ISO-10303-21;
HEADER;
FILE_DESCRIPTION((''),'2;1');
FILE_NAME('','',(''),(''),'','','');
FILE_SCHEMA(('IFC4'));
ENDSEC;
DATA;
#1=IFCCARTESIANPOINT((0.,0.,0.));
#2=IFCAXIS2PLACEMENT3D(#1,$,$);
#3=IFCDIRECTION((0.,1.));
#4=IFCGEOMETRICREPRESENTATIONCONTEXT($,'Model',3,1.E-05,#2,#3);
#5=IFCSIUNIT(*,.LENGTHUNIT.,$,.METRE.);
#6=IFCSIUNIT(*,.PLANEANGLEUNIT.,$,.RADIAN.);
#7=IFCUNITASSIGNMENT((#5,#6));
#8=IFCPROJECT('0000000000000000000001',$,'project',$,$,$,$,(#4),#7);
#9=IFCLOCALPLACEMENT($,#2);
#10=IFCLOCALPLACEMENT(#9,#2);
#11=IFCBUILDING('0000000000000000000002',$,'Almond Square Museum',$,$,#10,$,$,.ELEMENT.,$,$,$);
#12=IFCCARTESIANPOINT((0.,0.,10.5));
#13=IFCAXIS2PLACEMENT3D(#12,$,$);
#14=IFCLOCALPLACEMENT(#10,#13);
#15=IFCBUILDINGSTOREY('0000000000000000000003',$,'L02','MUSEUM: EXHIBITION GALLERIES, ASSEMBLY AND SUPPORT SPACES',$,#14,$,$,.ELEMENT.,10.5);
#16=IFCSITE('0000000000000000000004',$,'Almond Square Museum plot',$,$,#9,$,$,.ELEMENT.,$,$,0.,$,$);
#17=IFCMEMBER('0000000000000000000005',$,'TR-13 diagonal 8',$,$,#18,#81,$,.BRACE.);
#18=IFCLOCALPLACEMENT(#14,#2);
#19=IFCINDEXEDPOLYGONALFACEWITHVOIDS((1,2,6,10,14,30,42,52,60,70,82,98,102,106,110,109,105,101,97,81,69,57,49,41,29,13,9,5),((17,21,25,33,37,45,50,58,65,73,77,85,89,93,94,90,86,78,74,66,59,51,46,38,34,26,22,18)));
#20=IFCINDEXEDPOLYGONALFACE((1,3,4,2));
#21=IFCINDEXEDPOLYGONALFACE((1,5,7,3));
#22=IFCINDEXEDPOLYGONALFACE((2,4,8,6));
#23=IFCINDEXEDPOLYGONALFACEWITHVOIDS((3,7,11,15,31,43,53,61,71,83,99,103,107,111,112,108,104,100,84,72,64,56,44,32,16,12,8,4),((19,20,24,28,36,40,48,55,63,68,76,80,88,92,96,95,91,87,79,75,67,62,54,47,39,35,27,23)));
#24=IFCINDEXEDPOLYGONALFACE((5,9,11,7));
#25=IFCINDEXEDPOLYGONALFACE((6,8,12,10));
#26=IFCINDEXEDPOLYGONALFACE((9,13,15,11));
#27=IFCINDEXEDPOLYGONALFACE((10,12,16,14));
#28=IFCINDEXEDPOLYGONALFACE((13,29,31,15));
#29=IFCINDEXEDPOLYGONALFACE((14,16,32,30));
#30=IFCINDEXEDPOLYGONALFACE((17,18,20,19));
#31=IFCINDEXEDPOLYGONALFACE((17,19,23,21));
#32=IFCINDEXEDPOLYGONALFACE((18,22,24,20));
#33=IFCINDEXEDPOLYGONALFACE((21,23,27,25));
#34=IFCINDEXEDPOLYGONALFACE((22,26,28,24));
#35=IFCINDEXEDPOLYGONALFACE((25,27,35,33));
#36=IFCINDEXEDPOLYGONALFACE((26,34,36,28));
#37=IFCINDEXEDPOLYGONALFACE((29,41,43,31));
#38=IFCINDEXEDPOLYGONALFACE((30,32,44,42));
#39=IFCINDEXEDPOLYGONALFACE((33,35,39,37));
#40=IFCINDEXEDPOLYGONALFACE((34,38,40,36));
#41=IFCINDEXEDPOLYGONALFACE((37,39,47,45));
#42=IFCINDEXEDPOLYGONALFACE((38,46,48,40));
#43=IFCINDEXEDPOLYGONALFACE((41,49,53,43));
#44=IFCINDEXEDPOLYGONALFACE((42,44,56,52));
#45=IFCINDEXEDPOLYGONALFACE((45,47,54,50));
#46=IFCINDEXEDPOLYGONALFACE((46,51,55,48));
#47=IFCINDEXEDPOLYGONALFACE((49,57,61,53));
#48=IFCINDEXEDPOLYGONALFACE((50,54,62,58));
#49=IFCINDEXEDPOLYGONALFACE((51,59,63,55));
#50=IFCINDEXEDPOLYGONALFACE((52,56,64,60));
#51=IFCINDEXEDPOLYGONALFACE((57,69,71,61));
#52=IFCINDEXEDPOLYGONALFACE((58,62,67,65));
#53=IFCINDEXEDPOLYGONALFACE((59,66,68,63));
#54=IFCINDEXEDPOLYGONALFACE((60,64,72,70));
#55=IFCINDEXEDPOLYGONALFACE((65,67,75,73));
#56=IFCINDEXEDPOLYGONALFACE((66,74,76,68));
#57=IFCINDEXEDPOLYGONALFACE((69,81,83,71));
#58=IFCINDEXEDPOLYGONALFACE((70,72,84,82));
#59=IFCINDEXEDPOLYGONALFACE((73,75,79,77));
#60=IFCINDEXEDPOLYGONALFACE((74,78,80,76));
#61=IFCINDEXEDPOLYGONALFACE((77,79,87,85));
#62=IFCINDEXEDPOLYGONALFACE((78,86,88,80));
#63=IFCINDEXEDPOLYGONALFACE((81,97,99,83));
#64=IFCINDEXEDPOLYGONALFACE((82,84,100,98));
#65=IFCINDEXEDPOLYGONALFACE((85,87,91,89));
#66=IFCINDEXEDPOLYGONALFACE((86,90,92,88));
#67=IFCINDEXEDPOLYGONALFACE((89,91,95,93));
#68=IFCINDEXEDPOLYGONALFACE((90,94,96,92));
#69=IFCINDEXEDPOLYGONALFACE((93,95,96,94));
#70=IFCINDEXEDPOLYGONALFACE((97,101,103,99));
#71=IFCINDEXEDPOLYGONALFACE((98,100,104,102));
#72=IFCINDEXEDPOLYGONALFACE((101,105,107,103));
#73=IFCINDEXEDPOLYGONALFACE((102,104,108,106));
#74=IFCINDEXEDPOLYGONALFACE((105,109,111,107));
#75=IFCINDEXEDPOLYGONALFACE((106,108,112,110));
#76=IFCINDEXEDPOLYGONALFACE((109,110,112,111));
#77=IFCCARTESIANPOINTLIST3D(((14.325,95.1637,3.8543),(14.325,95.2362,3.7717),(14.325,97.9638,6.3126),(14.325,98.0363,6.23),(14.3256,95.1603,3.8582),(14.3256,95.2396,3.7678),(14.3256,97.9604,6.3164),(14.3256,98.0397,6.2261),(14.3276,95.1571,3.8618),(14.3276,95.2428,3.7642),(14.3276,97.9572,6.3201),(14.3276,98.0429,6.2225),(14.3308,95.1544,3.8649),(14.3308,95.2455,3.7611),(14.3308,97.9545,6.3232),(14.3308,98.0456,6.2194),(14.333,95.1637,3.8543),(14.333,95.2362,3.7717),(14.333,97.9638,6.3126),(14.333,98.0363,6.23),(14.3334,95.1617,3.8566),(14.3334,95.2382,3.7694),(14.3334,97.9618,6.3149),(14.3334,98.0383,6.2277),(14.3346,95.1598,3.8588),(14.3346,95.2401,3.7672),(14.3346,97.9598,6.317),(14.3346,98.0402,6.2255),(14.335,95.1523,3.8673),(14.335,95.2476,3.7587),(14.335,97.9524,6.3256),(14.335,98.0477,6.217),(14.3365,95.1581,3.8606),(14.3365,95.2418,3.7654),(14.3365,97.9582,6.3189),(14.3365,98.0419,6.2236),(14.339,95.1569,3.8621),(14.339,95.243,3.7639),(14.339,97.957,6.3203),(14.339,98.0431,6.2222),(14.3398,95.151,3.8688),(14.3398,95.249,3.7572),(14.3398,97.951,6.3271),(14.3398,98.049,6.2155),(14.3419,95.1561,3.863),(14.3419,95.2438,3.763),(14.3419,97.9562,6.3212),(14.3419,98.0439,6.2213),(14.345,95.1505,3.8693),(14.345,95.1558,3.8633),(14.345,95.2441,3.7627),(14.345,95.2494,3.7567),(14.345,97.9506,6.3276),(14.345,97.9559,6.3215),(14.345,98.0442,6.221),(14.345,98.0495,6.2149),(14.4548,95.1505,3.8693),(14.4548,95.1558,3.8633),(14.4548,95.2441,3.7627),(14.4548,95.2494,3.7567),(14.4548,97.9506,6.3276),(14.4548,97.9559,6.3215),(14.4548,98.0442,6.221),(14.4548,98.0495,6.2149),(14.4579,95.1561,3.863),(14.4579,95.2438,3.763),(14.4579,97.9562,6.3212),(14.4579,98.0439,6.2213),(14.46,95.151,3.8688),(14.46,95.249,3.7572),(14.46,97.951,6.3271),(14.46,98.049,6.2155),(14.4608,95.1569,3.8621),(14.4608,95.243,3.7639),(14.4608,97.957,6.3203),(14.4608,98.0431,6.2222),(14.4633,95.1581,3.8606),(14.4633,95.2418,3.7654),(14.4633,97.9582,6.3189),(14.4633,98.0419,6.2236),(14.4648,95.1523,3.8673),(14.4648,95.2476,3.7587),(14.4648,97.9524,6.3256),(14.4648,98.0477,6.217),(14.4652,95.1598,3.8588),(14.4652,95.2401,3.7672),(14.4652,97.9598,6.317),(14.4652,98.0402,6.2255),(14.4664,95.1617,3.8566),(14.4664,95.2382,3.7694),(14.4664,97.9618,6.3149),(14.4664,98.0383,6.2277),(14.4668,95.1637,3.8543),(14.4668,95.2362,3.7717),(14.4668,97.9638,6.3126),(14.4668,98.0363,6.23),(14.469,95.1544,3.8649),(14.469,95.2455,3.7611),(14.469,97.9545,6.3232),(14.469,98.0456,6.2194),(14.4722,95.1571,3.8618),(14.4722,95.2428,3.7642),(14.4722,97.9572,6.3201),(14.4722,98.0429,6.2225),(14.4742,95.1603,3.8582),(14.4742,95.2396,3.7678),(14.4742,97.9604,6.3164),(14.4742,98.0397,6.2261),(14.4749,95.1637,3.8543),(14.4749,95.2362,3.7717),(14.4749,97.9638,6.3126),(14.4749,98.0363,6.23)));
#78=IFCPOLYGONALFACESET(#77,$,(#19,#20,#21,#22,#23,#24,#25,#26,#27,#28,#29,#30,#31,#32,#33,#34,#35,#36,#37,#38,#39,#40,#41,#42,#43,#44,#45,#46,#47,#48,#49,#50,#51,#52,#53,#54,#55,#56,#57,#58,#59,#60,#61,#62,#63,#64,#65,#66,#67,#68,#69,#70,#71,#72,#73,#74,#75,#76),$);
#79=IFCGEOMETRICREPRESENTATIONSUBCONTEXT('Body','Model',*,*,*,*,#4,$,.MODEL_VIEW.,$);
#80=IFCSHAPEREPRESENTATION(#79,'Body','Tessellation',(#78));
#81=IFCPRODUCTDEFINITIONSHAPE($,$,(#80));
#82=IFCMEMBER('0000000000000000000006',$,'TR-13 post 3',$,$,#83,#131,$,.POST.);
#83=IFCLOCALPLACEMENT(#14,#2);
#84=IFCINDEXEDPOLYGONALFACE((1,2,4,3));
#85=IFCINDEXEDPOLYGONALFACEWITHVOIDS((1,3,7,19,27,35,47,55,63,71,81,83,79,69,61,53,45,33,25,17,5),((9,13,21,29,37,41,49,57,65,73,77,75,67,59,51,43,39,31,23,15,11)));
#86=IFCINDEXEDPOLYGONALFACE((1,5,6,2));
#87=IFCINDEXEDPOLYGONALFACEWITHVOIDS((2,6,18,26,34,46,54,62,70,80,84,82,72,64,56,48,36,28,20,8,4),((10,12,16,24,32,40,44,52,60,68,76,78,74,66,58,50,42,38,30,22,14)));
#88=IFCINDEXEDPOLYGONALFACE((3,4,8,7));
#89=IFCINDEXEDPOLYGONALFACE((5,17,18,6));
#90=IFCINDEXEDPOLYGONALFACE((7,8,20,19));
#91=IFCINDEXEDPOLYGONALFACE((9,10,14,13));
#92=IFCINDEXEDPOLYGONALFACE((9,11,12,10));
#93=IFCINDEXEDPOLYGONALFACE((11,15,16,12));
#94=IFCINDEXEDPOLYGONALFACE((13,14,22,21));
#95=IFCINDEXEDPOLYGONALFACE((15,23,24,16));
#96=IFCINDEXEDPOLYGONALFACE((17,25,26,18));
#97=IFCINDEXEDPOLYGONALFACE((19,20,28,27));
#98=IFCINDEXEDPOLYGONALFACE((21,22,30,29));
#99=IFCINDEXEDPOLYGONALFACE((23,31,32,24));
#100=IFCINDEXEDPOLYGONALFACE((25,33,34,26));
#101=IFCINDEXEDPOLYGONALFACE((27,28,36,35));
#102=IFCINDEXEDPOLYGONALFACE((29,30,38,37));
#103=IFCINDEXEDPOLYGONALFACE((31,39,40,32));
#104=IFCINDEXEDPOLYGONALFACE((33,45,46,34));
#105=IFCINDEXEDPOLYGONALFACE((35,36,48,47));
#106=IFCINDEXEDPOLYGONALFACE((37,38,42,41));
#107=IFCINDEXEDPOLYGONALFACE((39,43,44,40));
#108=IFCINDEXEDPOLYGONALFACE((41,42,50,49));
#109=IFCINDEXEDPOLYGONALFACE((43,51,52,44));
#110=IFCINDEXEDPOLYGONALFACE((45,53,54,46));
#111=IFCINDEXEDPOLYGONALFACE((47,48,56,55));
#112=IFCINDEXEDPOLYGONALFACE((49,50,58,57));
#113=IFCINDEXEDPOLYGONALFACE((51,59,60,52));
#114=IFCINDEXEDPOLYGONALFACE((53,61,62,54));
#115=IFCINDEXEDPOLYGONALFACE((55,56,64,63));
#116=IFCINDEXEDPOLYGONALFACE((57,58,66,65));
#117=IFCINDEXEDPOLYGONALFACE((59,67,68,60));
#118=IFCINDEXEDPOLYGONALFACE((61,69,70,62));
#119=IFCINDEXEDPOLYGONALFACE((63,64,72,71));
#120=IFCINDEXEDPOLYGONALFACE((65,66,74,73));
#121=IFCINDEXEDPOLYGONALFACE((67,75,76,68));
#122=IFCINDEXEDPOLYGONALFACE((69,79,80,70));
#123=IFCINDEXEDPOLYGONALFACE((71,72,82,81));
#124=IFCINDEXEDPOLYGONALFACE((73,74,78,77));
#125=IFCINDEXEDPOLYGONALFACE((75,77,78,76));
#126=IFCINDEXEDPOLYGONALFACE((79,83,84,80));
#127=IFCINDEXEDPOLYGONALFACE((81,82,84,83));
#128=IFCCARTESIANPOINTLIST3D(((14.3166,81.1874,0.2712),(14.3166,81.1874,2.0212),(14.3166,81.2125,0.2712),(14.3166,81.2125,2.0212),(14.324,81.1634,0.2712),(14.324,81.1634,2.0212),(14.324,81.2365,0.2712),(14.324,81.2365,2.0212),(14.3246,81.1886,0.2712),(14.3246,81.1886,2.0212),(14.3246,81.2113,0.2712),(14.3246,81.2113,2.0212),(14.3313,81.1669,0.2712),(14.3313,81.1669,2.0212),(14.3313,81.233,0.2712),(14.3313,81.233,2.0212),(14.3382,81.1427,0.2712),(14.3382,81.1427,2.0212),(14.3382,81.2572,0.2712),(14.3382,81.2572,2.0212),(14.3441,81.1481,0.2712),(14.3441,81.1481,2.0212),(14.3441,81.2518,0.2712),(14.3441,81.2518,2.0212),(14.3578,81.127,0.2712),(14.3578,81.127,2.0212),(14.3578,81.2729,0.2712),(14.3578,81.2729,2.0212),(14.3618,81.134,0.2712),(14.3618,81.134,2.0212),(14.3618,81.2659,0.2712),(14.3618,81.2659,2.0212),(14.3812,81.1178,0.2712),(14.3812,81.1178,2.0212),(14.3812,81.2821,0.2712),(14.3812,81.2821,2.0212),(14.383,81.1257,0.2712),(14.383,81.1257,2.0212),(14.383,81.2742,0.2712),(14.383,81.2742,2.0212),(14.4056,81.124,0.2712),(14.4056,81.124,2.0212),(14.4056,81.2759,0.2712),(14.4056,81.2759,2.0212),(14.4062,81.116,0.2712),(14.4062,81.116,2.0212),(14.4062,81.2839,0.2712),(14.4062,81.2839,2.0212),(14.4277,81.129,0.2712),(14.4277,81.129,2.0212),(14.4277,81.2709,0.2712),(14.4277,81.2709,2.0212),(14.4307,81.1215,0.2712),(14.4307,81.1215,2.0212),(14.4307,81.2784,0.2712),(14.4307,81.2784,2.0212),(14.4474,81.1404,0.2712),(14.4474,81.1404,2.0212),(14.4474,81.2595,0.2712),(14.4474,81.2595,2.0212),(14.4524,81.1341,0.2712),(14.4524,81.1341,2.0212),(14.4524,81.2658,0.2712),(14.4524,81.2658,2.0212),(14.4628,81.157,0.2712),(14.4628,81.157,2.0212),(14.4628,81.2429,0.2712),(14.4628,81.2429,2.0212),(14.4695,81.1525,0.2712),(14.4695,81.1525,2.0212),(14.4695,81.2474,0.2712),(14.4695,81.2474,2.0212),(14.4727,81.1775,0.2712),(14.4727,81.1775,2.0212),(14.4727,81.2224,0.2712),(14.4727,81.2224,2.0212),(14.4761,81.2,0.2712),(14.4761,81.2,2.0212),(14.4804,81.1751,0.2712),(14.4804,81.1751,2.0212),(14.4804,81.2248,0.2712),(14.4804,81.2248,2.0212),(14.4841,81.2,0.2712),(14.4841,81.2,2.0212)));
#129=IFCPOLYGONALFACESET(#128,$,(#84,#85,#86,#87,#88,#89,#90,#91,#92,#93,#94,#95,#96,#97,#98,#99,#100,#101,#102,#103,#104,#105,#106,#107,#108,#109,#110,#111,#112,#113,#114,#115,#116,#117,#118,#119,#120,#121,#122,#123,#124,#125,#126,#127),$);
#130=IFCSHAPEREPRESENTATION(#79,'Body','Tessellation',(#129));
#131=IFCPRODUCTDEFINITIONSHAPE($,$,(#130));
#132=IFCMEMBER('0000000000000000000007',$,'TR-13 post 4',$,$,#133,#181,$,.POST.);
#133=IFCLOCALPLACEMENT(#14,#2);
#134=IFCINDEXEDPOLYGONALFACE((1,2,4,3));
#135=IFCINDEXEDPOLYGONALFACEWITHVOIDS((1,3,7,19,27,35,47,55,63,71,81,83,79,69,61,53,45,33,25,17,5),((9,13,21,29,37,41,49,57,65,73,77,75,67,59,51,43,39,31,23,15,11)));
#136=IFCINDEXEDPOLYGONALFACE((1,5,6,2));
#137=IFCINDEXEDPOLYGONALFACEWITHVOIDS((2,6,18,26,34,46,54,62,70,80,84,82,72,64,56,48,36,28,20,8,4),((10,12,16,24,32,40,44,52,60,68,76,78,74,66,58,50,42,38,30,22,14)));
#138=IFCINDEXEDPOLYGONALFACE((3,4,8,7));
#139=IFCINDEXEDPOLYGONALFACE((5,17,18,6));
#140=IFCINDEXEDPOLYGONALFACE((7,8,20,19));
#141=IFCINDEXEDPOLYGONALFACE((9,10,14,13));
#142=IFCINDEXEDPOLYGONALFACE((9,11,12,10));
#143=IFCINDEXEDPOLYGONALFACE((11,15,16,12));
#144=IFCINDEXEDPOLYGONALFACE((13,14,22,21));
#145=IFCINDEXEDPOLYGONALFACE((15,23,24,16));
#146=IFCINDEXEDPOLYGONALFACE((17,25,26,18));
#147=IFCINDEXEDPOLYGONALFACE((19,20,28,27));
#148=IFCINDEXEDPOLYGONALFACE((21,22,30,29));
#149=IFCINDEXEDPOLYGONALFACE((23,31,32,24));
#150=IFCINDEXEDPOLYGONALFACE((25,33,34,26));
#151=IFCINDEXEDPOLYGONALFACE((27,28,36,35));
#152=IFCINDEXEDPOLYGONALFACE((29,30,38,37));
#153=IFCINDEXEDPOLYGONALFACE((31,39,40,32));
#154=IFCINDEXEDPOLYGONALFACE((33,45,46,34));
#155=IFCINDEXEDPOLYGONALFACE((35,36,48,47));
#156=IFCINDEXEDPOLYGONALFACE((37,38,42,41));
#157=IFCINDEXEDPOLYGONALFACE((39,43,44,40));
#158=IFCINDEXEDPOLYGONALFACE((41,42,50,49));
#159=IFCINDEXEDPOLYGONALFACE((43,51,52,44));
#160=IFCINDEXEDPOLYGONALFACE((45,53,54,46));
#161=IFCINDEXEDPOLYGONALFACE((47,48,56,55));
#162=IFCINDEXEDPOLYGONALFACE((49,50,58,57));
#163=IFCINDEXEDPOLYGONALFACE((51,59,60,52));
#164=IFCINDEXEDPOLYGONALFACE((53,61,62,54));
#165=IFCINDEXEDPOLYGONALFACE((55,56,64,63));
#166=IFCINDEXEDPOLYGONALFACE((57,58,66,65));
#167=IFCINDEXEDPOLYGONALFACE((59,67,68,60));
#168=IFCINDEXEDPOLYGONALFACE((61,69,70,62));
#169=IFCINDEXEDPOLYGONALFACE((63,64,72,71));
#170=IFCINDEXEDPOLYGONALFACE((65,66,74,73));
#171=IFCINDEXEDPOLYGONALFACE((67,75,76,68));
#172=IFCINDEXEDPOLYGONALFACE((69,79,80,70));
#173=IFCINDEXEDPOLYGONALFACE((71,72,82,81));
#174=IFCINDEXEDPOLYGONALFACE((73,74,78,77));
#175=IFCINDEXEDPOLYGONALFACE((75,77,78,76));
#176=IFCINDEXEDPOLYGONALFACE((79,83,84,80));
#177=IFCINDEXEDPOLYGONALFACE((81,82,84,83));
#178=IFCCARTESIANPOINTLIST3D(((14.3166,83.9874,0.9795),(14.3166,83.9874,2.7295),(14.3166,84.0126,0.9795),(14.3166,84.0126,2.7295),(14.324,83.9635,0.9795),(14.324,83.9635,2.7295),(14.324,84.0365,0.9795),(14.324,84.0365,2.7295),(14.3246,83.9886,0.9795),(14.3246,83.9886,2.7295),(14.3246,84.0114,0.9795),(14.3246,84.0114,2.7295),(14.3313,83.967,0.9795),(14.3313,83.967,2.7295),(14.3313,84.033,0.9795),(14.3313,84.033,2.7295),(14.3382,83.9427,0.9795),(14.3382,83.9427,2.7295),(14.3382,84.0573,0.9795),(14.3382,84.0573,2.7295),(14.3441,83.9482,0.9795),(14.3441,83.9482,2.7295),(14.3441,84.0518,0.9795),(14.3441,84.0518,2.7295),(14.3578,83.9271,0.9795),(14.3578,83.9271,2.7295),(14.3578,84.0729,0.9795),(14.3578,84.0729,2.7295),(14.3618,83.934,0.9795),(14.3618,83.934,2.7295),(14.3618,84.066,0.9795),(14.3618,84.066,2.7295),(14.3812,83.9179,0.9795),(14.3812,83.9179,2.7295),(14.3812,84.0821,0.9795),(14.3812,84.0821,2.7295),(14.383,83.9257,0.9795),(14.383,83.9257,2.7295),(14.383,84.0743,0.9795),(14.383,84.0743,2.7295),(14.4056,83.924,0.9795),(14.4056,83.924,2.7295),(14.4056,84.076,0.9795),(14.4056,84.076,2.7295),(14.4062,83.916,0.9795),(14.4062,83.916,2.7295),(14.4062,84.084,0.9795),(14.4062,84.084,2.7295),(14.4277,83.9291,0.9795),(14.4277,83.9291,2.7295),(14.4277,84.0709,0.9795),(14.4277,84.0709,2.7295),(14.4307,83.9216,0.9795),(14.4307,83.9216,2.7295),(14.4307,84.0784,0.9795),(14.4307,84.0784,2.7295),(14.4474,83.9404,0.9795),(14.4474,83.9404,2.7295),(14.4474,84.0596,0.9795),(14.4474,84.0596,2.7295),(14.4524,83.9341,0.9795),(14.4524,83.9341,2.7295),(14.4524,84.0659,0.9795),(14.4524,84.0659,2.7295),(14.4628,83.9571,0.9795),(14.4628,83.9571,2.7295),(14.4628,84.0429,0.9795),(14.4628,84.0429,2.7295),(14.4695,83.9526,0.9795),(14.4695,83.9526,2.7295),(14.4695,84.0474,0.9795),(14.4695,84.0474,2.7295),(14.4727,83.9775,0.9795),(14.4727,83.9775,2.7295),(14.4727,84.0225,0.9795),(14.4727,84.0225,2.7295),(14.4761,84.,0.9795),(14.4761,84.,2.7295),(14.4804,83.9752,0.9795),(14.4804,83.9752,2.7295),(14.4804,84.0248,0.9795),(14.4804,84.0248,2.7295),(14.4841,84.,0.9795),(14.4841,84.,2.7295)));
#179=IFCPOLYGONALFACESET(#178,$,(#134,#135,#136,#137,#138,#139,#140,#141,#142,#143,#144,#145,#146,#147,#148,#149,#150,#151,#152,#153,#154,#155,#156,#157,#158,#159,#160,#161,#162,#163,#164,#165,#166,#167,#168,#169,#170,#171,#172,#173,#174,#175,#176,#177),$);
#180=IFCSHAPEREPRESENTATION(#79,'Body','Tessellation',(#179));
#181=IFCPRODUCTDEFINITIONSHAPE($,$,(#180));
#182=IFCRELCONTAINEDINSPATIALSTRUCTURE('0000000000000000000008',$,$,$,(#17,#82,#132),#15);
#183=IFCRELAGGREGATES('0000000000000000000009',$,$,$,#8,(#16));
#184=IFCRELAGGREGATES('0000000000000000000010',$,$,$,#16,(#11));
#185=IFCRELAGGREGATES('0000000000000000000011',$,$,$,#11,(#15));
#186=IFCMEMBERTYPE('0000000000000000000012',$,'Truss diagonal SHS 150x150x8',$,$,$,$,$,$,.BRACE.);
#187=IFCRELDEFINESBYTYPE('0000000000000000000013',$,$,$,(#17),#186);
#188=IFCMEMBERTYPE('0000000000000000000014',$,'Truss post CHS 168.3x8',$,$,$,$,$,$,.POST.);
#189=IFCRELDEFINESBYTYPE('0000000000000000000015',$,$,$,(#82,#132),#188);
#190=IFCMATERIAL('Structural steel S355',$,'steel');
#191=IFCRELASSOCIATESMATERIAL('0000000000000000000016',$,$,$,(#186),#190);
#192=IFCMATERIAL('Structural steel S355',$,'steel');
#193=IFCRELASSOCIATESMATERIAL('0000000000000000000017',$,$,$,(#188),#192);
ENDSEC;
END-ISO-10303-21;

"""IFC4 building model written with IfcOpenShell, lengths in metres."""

from ifc_helpers import new_model, si_unit, direction, frame, origin, origin_2d, place, context, subcontext, project, spatial, hollow_rectangle, hollow_circle, extrude, material, material_profile, profile_set, type_object, element, save


model = new_model("IFC4")

# Units and contexts
model_context = context("Model", 3, precision=1e-05, world=origin(), true_north=direction((0.0, 1.0)))
body_context = subcontext(model_context, "Body", "Model", "MODEL_VIEW")
ifc_project = project(units=[si_unit("LENGTHUNIT", "METRE"), si_unit("PLANEANGLEUNIT", "RADIAN")], contexts=[model_context])

# Site, building, storey
site_placement = place(None, origin())
site = spatial("IfcSite", under=ifc_project, at=site_placement, Name="Almond Square Museum plot", CompositionType="ELEMENT", RefElevation=0.0)
building_placement = place(site_placement, origin())
building = spatial("IfcBuilding", under=site, at=building_placement, Name="Almond Square Museum", CompositionType="ELEMENT")
storey_placement = place(building_placement, frame((0.0, 0.0, 10.5)))
storey = spatial("IfcBuildingStorey", under=building, at=storey_placement, Name="L02", Description="MUSEUM: EXHIBITION GALLERIES, ASSEMBLY AND SUPPORT SPACES", CompositionType="ELEMENT", Elevation=10.5)

# Members
ifc_material_1 = material(Name="Structural steel S355", Category="steel")
ifc_material_profile_1 = material_profile(ifc_material_1, hollow_rectangle(XDim=0.1499, YDim=0.1499, WallThickness=0.0081, InnerFilletRadius=0.012, OuterFilletRadius=0.02, at=origin_2d()))
ifc_profile_set_1 = profile_set([ifc_material_profile_1], Name="Structural steel S355")
member_type_1 = type_object("IfcMemberType", Name="Truss diagonal SHS 150x150x8", PredefinedType="BRACE", material=ifc_profile_set_1)
for number, where, z_axis, x_axis, name in (
    (1, (14.3999, 95.2, 3.813), (0.0, 0.751484, 0.659752), (-1.0, 0.0, 0.0), "TR-13 diagonal 8"),
):
    element("IfcMember", number, at=place(storey_placement, frame(where, z_axis=z_axis, x_axis=x_axis)), inside=storey, type_object=member_type_1, Name=name, PredefinedType="BRACE", context=body_context, shape_type="SweptSolid", body=[
        extrude(hollow_rectangle(XDim=0.1499, YDim=0.1499, WallThickness=0.0081, InnerFilletRadius=0.012, OuterFilletRadius=0.02, at=origin_2d()), origin(), (0.0, 0.0, 1.0), 3.7261),
    ])
ifc_material_2 = material(Name="Structural steel S355", Category="steel")
ifc_material_profile_2 = material_profile(ifc_material_2, hollow_circle(Radius=0.0842, WallThickness=0.0081, at=origin_2d()))
ifc_profile_set_2 = profile_set([ifc_material_profile_2], Name="Structural steel S355")
member_type_2 = type_object("IfcMemberType", Name="Truss post CHS 168.3x8", PredefinedType="POST", material=ifc_profile_set_2)
for number, where, z_axis, x_axis, name in (
    (2, (14.3999, 81.2, 0.2712), (0.0, 0.0, 1.0), (1.0, 0.0, 0.0), "TR-13 post 3"),
    (3, (14.3999, 84.0, 0.9795), (0.0, 0.0, 1.0), (1.0, 0.0, 0.0), "TR-13 post 4"),
):
    element("IfcMember", number, at=place(storey_placement, frame(where, z_axis=z_axis, x_axis=x_axis)), inside=storey, type_object=member_type_2, Name=name, PredefinedType="POST", context=body_context, shape_type="SweptSolid", body=[
        extrude(hollow_circle(Radius=0.0842, WallThickness=0.0081, at=origin_2d()), origin(), (0.0, 0.0, 1.0), 1.75),
    ])

save(model, "model.ifc")
